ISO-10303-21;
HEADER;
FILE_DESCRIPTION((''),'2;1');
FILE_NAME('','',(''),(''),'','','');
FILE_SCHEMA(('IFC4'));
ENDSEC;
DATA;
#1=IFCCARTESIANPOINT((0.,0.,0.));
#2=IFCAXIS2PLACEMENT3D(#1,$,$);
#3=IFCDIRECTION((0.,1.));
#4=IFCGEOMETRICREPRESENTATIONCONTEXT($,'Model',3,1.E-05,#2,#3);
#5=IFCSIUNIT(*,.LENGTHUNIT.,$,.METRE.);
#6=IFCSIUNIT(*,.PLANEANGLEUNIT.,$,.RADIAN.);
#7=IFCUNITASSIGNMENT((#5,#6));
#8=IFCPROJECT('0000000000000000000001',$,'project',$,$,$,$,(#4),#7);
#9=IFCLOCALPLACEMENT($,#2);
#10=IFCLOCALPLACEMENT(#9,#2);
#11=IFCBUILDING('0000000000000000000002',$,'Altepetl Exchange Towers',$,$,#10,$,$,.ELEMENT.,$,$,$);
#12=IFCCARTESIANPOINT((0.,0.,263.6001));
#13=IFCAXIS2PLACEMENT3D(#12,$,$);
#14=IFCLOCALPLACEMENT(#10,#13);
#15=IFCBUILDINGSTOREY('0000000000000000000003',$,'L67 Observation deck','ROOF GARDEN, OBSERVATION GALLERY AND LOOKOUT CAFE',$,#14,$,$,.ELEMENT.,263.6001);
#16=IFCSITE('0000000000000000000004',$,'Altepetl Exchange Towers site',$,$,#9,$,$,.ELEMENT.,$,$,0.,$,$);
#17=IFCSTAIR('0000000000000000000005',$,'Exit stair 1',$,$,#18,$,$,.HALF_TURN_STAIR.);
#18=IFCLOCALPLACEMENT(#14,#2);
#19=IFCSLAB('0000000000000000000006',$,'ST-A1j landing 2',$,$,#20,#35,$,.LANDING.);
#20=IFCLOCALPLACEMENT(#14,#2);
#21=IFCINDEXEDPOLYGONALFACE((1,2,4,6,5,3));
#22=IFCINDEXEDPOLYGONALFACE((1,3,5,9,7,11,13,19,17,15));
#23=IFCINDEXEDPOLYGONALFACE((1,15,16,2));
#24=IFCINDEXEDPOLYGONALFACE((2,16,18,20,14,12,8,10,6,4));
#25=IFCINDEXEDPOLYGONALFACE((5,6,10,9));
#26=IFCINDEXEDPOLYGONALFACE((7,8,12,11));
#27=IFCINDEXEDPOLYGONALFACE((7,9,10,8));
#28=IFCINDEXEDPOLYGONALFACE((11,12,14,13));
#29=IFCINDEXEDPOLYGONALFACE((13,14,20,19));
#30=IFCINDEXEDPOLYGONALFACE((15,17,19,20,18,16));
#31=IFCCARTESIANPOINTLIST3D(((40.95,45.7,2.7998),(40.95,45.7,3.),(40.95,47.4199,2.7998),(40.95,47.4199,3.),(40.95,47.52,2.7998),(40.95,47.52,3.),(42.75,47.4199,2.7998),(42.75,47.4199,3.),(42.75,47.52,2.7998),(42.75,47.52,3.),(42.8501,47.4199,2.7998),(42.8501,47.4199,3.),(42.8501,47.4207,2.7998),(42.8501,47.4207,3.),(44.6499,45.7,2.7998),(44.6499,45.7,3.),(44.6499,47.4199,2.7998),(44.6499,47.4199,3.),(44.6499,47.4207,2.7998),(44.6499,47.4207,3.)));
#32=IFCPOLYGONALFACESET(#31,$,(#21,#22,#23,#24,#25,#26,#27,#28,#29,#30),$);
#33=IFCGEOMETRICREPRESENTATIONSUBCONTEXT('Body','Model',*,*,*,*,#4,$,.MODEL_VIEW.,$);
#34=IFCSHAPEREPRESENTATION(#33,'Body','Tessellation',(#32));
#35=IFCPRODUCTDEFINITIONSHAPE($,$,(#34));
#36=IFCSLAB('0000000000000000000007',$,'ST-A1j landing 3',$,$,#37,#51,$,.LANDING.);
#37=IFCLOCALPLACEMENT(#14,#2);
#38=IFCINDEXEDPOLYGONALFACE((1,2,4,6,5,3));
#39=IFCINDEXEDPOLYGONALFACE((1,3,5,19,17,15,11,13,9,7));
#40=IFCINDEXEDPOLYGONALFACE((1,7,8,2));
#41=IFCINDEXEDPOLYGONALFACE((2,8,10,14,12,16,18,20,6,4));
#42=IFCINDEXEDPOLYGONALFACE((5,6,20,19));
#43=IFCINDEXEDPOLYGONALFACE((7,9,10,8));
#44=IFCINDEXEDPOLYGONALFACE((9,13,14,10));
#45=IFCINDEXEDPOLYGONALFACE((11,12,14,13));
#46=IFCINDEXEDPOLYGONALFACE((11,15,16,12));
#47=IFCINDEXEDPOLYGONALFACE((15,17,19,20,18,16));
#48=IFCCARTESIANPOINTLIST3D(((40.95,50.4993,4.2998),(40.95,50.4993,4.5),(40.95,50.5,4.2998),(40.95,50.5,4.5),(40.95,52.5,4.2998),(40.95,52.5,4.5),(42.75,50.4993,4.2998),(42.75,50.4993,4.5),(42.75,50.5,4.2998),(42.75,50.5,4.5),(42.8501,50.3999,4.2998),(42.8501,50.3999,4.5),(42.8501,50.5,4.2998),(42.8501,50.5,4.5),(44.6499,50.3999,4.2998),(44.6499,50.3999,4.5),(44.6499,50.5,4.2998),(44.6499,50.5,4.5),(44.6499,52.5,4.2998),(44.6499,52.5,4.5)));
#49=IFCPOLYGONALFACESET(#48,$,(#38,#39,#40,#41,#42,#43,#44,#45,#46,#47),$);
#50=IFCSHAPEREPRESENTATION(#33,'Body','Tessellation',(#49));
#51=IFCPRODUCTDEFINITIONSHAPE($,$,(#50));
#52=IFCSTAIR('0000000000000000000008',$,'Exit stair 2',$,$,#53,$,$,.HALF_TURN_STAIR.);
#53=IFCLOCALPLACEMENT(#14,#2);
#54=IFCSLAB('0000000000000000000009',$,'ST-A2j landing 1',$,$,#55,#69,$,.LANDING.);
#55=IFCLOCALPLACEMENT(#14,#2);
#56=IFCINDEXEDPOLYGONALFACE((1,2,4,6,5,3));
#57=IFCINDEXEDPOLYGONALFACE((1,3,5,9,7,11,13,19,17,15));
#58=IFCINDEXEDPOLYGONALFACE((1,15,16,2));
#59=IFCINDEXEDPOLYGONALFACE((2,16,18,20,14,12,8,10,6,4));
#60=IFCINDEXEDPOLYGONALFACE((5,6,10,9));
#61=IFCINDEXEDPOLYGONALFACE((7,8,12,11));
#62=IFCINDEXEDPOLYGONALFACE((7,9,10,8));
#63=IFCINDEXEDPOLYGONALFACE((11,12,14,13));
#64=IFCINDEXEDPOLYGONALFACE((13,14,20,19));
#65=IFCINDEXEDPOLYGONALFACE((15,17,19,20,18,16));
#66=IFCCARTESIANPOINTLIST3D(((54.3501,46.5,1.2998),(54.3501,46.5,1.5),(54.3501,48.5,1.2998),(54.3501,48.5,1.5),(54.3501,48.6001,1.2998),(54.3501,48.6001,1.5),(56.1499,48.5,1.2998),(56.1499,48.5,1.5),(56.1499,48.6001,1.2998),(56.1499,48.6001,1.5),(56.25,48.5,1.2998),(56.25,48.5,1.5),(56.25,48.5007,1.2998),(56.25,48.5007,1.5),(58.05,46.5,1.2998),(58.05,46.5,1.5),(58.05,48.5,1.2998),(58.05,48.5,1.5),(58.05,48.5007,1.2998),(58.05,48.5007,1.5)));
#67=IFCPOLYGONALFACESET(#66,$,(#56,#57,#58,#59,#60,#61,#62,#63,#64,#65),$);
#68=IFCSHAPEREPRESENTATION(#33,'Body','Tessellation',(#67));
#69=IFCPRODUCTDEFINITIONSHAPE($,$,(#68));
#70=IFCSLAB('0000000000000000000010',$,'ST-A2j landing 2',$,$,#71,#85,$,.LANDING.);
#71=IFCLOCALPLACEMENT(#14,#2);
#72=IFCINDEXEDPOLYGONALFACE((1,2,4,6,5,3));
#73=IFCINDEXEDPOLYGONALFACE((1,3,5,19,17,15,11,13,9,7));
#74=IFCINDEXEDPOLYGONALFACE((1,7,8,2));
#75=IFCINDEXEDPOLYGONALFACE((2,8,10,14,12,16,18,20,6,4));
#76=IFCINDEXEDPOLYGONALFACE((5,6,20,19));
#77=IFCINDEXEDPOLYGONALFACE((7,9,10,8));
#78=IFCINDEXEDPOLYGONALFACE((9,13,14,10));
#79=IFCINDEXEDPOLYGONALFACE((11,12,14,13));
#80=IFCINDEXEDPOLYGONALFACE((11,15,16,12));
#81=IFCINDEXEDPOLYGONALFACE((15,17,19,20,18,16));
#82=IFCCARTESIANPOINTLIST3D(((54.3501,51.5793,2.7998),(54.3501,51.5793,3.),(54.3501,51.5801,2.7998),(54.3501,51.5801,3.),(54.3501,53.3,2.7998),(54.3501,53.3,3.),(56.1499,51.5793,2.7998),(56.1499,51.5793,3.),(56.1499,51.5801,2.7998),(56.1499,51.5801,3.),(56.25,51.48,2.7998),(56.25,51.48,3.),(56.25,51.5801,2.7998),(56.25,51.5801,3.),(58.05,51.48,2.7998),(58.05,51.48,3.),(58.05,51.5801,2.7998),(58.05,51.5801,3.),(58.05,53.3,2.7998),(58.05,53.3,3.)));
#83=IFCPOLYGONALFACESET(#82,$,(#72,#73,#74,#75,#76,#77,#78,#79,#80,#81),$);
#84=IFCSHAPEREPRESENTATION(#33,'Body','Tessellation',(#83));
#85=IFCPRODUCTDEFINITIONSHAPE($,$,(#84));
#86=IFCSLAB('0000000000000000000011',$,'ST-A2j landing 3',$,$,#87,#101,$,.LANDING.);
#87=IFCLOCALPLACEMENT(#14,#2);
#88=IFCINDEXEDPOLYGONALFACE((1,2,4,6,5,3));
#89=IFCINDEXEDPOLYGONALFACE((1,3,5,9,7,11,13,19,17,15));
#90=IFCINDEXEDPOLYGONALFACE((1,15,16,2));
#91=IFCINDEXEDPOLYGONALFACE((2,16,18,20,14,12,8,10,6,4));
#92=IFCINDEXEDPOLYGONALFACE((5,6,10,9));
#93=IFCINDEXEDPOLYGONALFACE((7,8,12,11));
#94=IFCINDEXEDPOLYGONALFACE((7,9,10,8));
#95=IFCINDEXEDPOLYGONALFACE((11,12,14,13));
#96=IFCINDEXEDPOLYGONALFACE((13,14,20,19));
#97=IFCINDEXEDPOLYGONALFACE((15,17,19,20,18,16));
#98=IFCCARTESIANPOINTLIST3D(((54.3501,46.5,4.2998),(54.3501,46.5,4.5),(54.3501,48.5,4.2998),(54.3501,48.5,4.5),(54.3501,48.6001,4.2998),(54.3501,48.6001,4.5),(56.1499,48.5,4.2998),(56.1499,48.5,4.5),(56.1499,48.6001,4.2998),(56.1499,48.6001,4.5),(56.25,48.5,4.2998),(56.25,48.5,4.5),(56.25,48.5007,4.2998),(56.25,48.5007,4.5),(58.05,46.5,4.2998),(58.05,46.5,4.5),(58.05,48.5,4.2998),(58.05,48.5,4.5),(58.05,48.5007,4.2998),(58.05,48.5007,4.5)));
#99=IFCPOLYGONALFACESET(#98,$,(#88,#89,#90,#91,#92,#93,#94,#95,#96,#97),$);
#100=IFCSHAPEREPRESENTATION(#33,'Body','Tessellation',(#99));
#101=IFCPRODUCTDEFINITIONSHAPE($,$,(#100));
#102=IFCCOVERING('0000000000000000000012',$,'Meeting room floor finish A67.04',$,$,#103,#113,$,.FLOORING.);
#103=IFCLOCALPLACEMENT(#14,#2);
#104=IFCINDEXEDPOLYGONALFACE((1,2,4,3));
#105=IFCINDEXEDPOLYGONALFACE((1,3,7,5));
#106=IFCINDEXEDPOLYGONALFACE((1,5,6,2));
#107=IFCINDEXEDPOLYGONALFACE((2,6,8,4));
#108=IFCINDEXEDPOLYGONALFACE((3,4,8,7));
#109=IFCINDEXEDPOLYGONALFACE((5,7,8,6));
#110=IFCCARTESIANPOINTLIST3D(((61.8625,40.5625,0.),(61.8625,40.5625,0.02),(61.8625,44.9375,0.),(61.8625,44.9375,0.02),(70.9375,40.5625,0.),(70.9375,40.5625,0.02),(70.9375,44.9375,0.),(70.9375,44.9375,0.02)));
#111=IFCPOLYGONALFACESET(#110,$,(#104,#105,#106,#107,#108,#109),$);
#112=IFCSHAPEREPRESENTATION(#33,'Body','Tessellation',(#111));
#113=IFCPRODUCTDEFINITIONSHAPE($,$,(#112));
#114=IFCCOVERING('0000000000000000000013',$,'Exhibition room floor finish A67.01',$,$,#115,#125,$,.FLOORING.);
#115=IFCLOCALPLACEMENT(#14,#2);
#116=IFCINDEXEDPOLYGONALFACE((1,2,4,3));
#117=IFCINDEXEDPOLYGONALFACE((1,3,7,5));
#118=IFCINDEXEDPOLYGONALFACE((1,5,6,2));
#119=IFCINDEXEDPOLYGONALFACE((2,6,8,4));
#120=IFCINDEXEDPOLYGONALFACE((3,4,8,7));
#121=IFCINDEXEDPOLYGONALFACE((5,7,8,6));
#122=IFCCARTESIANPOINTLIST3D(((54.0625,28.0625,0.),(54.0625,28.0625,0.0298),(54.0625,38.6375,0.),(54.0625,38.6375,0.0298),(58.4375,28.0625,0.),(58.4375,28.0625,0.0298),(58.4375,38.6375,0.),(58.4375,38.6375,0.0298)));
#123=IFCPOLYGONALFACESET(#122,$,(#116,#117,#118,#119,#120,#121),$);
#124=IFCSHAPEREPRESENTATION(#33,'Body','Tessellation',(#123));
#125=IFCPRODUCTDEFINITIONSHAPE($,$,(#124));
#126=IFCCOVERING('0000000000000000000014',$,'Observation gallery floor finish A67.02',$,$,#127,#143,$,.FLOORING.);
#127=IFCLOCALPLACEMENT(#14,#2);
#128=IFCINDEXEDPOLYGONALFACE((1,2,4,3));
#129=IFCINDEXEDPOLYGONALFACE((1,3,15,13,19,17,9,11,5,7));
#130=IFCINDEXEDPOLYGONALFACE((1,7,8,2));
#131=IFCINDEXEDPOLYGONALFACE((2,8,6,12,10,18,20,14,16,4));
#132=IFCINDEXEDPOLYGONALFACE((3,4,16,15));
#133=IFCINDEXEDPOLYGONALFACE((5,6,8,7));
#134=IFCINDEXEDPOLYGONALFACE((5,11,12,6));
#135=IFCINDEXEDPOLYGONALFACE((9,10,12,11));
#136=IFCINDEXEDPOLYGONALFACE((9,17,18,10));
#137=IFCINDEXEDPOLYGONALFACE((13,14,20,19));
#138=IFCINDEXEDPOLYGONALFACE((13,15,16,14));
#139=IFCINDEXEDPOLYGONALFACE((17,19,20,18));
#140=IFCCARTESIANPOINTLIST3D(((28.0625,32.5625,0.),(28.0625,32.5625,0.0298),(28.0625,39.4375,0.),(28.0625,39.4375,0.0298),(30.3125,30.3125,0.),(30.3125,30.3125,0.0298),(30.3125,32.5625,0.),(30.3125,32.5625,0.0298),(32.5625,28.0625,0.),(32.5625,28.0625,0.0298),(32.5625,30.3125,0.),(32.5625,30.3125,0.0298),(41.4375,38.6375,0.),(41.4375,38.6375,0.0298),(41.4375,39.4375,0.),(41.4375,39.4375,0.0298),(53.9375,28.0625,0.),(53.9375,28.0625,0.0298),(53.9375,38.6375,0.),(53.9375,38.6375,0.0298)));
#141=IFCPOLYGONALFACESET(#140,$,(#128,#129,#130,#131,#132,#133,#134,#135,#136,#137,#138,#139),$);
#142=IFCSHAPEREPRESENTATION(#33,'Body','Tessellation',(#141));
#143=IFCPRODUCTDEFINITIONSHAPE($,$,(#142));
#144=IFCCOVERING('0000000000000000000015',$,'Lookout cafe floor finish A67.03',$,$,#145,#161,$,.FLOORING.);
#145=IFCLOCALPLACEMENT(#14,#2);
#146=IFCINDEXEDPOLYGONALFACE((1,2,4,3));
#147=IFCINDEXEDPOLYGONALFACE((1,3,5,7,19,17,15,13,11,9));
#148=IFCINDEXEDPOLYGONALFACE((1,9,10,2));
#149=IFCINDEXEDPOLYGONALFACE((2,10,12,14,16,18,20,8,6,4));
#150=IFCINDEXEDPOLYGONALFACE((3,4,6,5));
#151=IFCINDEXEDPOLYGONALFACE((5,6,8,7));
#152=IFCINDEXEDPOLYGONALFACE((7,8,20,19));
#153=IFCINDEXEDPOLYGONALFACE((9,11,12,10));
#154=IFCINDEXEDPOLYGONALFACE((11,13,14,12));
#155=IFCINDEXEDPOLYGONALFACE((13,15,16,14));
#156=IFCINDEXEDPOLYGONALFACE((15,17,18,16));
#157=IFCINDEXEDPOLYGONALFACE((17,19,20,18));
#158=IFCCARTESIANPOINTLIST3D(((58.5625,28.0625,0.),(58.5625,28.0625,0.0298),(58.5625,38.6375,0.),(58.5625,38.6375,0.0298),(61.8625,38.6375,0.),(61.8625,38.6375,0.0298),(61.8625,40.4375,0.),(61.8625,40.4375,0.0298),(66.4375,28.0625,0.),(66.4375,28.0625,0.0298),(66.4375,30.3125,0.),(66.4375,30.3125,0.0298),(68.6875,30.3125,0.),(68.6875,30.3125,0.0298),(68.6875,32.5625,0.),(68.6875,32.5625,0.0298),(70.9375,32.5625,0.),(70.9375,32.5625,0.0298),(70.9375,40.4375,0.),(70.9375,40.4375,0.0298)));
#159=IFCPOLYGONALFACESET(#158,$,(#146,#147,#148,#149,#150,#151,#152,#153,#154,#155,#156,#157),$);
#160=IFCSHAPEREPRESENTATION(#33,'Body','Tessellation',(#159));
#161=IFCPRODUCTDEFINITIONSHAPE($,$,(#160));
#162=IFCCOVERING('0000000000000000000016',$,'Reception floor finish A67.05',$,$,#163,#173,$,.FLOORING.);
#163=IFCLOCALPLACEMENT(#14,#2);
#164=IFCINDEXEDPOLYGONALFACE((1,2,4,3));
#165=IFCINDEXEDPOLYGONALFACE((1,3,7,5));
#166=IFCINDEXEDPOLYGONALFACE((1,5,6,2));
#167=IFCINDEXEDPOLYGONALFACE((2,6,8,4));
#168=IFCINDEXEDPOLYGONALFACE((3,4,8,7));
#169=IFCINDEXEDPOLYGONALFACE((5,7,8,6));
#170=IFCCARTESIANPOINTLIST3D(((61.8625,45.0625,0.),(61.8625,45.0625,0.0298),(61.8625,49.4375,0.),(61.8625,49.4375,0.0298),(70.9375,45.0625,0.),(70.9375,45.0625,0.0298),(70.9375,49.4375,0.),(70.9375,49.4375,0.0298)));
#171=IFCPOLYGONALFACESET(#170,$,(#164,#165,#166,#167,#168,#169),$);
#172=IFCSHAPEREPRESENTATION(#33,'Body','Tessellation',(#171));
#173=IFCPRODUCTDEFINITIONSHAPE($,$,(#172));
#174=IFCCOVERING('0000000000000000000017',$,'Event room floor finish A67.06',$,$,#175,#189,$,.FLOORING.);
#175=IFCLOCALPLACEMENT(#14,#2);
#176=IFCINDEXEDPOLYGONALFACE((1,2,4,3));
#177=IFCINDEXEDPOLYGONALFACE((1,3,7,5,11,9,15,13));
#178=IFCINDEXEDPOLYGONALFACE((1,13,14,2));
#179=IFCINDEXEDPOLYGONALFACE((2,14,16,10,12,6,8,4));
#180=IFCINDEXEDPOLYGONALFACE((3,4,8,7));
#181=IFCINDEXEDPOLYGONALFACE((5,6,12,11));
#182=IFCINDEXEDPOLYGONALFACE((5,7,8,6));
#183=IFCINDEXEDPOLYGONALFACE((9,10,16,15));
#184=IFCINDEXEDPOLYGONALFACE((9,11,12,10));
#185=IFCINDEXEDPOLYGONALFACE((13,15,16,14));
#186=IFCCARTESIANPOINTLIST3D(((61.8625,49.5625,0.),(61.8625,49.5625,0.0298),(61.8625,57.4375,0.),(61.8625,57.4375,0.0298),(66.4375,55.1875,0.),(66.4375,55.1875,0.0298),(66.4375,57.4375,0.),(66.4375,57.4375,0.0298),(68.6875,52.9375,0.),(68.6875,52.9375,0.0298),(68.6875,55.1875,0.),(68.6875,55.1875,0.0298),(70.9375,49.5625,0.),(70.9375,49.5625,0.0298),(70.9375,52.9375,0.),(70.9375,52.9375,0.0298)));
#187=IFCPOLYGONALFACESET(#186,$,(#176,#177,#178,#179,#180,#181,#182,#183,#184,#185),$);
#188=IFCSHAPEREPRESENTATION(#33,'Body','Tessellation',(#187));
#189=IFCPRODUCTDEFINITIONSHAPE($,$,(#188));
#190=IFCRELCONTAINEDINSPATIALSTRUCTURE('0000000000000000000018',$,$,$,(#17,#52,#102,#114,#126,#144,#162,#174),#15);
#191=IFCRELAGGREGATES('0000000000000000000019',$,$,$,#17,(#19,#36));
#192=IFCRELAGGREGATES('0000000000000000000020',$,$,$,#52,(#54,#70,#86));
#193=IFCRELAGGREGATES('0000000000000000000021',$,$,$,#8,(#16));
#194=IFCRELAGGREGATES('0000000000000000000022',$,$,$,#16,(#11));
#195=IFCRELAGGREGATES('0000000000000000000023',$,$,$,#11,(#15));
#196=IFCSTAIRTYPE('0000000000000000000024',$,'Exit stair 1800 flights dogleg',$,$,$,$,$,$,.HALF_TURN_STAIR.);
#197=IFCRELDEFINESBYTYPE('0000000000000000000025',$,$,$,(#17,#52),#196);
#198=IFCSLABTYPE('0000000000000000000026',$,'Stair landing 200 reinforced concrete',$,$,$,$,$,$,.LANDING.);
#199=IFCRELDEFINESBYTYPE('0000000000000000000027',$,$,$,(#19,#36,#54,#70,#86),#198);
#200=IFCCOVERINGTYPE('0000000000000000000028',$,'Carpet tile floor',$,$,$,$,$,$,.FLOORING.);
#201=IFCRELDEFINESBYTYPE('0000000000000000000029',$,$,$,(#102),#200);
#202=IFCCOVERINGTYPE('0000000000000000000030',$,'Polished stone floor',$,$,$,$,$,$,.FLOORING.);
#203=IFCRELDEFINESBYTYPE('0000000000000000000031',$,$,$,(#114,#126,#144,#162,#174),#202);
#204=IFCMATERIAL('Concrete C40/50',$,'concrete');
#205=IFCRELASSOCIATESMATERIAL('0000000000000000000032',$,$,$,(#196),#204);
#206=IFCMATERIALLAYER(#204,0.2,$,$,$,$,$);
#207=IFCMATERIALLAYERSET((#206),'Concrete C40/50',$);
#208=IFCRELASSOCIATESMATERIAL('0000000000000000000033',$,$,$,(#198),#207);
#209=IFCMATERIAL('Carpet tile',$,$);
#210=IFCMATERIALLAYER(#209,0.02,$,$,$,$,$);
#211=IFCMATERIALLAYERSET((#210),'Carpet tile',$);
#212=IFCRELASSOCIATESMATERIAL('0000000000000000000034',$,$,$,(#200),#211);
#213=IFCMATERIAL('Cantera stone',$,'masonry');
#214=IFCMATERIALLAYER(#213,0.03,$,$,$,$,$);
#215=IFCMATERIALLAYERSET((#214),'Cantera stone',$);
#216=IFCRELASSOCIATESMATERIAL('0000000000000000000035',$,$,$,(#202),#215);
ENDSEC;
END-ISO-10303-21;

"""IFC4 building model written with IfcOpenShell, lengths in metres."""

from ifc_helpers import new_model, si_unit, direction, frame, origin, place, context, subcontext, project, spatial, polyline, outline, extrude, material, layer, layer_set, type_object, element, aggregate, save


model = new_model("IFC4")

# Units and contexts
model_context = context("Model", 3, precision=1e-05, world=origin(), true_north=direction((0.0, 1.0)))
body_context = subcontext(model_context, "Body", "Model", "MODEL_VIEW")
ifc_project = project(units=[si_unit("LENGTHUNIT", "METRE"), si_unit("PLANEANGLEUNIT", "RADIAN")], contexts=[model_context])

# Site, building, storey
site_placement = place(None, origin())
site = spatial("IfcSite", under=ifc_project, at=site_placement, Name="Altepetl Exchange Towers site", CompositionType="ELEMENT", RefElevation=0.0)
building_placement = place(site_placement, origin())
building = spatial("IfcBuilding", under=site, at=building_placement, Name="Altepetl Exchange Towers", CompositionType="ELEMENT")
storey_placement = place(building_placement, frame((0.0, 0.0, 263.6001)))
storey = spatial("IfcBuildingStorey", under=building, at=storey_placement, Name="L67 Observation deck", Description="ROOF GARDEN, OBSERVATION GALLERY AND LOOKOUT CAFE", CompositionType="ELEMENT", Elevation=263.6001)

# Stairs, slabs
ifc_material_1 = material(Name="Concrete C40/50", Category="concrete")
stair_type = type_object("IfcStairType", Name="Exit stair 1800 flights dogleg", PredefinedType="HALF_TURN_STAIR", material=ifc_material_1)
stair_1_placement = place(storey_placement, origin())
stair_1 = element("IfcStair", 1, at=stair_1_placement, inside=storey, type_object=stair_type, Name="Exit stair 1", PredefinedType="HALF_TURN_STAIR")
ifc_layer_1 = layer(ifc_material_1, 0.2)
ifc_layer_set_1 = layer_set([ifc_layer_1], Name="Concrete C40/50")
slab_type = type_object("IfcSlabType", Name="Stair landing 200 reinforced concrete", PredefinedType="LANDING", material=ifc_layer_set_1)
slab_1_placement = place(storey_placement, frame((0.0, 0.0, 2.7998)))
slab_1 = element("IfcSlab", 2, at=slab_1_placement, type_object=slab_type, Name="ST-A1j landing 2", PredefinedType="LANDING", context=body_context, shape_type="SweptSolid", body=[
    extrude(outline(polyline([(44.6499, 45.7), (40.95, 45.7), (40.95, 47.4199), (40.95, 47.52), (42.75, 47.52), (42.75, 47.4199), (42.8501, 47.4199), (42.8501, 47.4207), (44.6499, 47.4207), (44.6499, 47.4199), (44.6499, 45.7)])), origin(), (0.0, 0.0, 1.0), 0.2002),
])
slab_2_placement = place(storey_placement, frame((0.0, 0.0, 4.2998)))
slab_2 = element("IfcSlab", 3, at=slab_2_placement, type_object=slab_type, Name="ST-A1j landing 3", PredefinedType="LANDING", context=body_context, shape_type="SweptSolid", body=[
    extrude(outline(polyline([(44.6499, 50.3999), (42.8501, 50.3999), (42.8501, 50.5), (42.75, 50.5), (42.75, 50.4993), (40.95, 50.4993), (40.95, 50.5), (40.95, 52.5), (44.6499, 52.5), (44.6499, 50.5), (44.6499, 50.3999)])), origin(), (0.0, 0.0, 1.0), 0.2002),
])
aggregate(stair_1, [slab_1, slab_2])
stair_2_placement = place(storey_placement, origin())
stair_2 = element("IfcStair", 4, at=stair_2_placement, inside=storey, type_object=stair_type, Name="Exit stair 2", PredefinedType="HALF_TURN_STAIR")
slab_3_placement = place(storey_placement, frame((0.0, 0.0, 1.2998)))
slab_3 = element("IfcSlab", 5, at=slab_3_placement, type_object=slab_type, Name="ST-A2j landing 1", PredefinedType="LANDING", context=body_context, shape_type="SweptSolid", body=[
    extrude(outline(polyline([(58.05, 46.5), (54.3501, 46.5), (54.3501, 48.5), (54.3501, 48.6001), (56.1499, 48.6001), (56.1499, 48.5), (56.25, 48.5), (56.25, 48.5007), (58.05, 48.5007), (58.05, 48.5), (58.05, 46.5)])), origin(), (0.0, 0.0, 1.0), 0.2002),
])
slab_4_placement = place(storey_placement, frame((0.0, 0.0, 2.7998)))
slab_4 = element("IfcSlab", 6, at=slab_4_placement, type_object=slab_type, Name="ST-A2j landing 2", PredefinedType="LANDING", context=body_context, shape_type="SweptSolid", body=[
    extrude(outline(polyline([(58.05, 51.48), (56.25, 51.48), (56.25, 51.5801), (56.1499, 51.5801), (56.1499, 51.5793), (54.3501, 51.5793), (54.3501, 51.5801), (54.3501, 53.3), (58.05, 53.3), (58.05, 51.5801), (58.05, 51.48)])), origin(), (0.0, 0.0, 1.0), 0.2002),
])
slab_5_placement = place(storey_placement, frame((0.0, 0.0, 4.2998)))
slab_5 = element("IfcSlab", 7, at=slab_5_placement, type_object=slab_type, Name="ST-A2j landing 3", PredefinedType="LANDING", context=body_context, shape_type="SweptSolid", body=[
    extrude(outline(polyline([(58.05, 46.5), (54.3501, 46.5), (54.3501, 48.5), (54.3501, 48.6001), (56.1499, 48.6001), (56.1499, 48.5), (56.25, 48.5), (56.25, 48.5007), (58.05, 48.5007), (58.05, 48.5), (58.05, 46.5)])), origin(), (0.0, 0.0, 1.0), 0.2002),
])
aggregate(stair_2, [slab_3, slab_4, slab_5])

# Coverings
ifc_material_2 = material(Name="Carpet tile")
ifc_layer_2 = layer(ifc_material_2, 0.02)
ifc_layer_set_2 = layer_set([ifc_layer_2], Name="Carpet tile")
covering_type_1 = type_object("IfcCoveringType", Name="Carpet tile floor", PredefinedType="FLOORING", material=ifc_layer_set_2)
covering_1_placement = place(storey_placement, origin())
element("IfcCovering", 8, at=covering_1_placement, inside=storey, type_object=covering_type_1, Name="Meeting room floor finish A67.04", PredefinedType="FLOORING", context=body_context, shape_type="SweptSolid", body=[
    extrude(outline(polyline([(61.8625, 40.5625), (70.9375, 40.5625), (70.9375, 44.9375), (61.8625, 44.9375), (61.8625, 40.5625)])), origin(), (0.0, 0.0, 1.0), 0.02),
])
ifc_material_3 = material(Name="Cantera stone", Category="masonry")
ifc_layer_3 = layer(ifc_material_3, 0.03)
ifc_layer_set_3 = layer_set([ifc_layer_3], Name="Cantera stone")
covering_type_2 = type_object("IfcCoveringType", Name="Polished stone floor", PredefinedType="FLOORING", material=ifc_layer_set_3)
covering_2_placement = place(storey_placement, origin())
element("IfcCovering", 9, at=covering_2_placement, inside=storey, type_object=covering_type_2, Name="Exhibition room floor finish A67.01", PredefinedType="FLOORING", context=body_context, shape_type="SweptSolid", body=[
    extrude(outline(polyline([(54.0625, 38.6375), (54.0625, 28.0625), (58.4375, 28.0625), (58.4375, 38.6375), (54.0625, 38.6375)])), origin(), (0.0, 0.0, 1.0), 0.0298),
])
covering_3_placement = place(storey_placement, origin())
element("IfcCovering", 10, at=covering_3_placement, inside=storey, type_object=covering_type_2, Name="Observation gallery floor finish A67.02", PredefinedType="FLOORING", context=body_context, shape_type="SweptSolid", body=[
    extrude(outline(polyline([(53.9375, 38.6375), (41.4375, 38.6375), (41.4375, 39.4375), (28.0625, 39.4375), (28.0625, 32.5625), (30.3125, 32.5625), (30.3125, 30.3125), (32.5625, 30.3125), (32.5625, 28.0625), (53.9375, 28.0625), (53.9375, 38.6375)])), origin(), (0.0, 0.0, 1.0), 0.0298),
])
covering_4_placement = place(storey_placement, origin())
element("IfcCovering", 11, at=covering_4_placement, inside=storey, type_object=covering_type_2, Name="Lookout cafe floor finish A67.03", PredefinedType="FLOORING", context=body_context, shape_type="SweptSolid", body=[
    extrude(outline(polyline([(58.5625, 38.6375), (58.5625, 28.0625), (66.4375, 28.0625), (66.4375, 30.3125), (68.6875, 30.3125), (68.6875, 32.5625), (70.9375, 32.5625), (70.9375, 40.4375), (61.8625, 40.4375), (61.8625, 38.6375), (58.5625, 38.6375)])), origin(), (0.0, 0.0, 1.0), 0.0298),
])
covering_5_placement = place(storey_placement, origin())
element("IfcCovering", 12, at=covering_5_placement, inside=storey, type_object=covering_type_2, Name="Reception floor finish A67.05", PredefinedType="FLOORING", context=body_context, shape_type="SweptSolid", body=[
    extrude(outline(polyline([(61.8625, 45.0625), (70.9375, 45.0625), (70.9375, 49.4375), (61.8625, 49.4375), (61.8625, 45.0625)])), origin(), (0.0, 0.0, 1.0), 0.0298),
])
covering_6_placement = place(storey_placement, origin())
element("IfcCovering", 13, at=covering_6_placement, inside=storey, type_object=covering_type_2, Name="Event room floor finish A67.06", PredefinedType="FLOORING", context=body_context, shape_type="SweptSolid", body=[
    extrude(outline(polyline([(61.8625, 49.5625), (70.9375, 49.5625), (70.9375, 52.9375), (68.6875, 52.9375), (68.6875, 55.1875), (66.4375, 55.1875), (66.4375, 57.4375), (61.8625, 57.4375), (61.8625, 49.5625)])), origin(), (0.0, 0.0, 1.0), 0.0298),
])

save(model, "model.ifc")
